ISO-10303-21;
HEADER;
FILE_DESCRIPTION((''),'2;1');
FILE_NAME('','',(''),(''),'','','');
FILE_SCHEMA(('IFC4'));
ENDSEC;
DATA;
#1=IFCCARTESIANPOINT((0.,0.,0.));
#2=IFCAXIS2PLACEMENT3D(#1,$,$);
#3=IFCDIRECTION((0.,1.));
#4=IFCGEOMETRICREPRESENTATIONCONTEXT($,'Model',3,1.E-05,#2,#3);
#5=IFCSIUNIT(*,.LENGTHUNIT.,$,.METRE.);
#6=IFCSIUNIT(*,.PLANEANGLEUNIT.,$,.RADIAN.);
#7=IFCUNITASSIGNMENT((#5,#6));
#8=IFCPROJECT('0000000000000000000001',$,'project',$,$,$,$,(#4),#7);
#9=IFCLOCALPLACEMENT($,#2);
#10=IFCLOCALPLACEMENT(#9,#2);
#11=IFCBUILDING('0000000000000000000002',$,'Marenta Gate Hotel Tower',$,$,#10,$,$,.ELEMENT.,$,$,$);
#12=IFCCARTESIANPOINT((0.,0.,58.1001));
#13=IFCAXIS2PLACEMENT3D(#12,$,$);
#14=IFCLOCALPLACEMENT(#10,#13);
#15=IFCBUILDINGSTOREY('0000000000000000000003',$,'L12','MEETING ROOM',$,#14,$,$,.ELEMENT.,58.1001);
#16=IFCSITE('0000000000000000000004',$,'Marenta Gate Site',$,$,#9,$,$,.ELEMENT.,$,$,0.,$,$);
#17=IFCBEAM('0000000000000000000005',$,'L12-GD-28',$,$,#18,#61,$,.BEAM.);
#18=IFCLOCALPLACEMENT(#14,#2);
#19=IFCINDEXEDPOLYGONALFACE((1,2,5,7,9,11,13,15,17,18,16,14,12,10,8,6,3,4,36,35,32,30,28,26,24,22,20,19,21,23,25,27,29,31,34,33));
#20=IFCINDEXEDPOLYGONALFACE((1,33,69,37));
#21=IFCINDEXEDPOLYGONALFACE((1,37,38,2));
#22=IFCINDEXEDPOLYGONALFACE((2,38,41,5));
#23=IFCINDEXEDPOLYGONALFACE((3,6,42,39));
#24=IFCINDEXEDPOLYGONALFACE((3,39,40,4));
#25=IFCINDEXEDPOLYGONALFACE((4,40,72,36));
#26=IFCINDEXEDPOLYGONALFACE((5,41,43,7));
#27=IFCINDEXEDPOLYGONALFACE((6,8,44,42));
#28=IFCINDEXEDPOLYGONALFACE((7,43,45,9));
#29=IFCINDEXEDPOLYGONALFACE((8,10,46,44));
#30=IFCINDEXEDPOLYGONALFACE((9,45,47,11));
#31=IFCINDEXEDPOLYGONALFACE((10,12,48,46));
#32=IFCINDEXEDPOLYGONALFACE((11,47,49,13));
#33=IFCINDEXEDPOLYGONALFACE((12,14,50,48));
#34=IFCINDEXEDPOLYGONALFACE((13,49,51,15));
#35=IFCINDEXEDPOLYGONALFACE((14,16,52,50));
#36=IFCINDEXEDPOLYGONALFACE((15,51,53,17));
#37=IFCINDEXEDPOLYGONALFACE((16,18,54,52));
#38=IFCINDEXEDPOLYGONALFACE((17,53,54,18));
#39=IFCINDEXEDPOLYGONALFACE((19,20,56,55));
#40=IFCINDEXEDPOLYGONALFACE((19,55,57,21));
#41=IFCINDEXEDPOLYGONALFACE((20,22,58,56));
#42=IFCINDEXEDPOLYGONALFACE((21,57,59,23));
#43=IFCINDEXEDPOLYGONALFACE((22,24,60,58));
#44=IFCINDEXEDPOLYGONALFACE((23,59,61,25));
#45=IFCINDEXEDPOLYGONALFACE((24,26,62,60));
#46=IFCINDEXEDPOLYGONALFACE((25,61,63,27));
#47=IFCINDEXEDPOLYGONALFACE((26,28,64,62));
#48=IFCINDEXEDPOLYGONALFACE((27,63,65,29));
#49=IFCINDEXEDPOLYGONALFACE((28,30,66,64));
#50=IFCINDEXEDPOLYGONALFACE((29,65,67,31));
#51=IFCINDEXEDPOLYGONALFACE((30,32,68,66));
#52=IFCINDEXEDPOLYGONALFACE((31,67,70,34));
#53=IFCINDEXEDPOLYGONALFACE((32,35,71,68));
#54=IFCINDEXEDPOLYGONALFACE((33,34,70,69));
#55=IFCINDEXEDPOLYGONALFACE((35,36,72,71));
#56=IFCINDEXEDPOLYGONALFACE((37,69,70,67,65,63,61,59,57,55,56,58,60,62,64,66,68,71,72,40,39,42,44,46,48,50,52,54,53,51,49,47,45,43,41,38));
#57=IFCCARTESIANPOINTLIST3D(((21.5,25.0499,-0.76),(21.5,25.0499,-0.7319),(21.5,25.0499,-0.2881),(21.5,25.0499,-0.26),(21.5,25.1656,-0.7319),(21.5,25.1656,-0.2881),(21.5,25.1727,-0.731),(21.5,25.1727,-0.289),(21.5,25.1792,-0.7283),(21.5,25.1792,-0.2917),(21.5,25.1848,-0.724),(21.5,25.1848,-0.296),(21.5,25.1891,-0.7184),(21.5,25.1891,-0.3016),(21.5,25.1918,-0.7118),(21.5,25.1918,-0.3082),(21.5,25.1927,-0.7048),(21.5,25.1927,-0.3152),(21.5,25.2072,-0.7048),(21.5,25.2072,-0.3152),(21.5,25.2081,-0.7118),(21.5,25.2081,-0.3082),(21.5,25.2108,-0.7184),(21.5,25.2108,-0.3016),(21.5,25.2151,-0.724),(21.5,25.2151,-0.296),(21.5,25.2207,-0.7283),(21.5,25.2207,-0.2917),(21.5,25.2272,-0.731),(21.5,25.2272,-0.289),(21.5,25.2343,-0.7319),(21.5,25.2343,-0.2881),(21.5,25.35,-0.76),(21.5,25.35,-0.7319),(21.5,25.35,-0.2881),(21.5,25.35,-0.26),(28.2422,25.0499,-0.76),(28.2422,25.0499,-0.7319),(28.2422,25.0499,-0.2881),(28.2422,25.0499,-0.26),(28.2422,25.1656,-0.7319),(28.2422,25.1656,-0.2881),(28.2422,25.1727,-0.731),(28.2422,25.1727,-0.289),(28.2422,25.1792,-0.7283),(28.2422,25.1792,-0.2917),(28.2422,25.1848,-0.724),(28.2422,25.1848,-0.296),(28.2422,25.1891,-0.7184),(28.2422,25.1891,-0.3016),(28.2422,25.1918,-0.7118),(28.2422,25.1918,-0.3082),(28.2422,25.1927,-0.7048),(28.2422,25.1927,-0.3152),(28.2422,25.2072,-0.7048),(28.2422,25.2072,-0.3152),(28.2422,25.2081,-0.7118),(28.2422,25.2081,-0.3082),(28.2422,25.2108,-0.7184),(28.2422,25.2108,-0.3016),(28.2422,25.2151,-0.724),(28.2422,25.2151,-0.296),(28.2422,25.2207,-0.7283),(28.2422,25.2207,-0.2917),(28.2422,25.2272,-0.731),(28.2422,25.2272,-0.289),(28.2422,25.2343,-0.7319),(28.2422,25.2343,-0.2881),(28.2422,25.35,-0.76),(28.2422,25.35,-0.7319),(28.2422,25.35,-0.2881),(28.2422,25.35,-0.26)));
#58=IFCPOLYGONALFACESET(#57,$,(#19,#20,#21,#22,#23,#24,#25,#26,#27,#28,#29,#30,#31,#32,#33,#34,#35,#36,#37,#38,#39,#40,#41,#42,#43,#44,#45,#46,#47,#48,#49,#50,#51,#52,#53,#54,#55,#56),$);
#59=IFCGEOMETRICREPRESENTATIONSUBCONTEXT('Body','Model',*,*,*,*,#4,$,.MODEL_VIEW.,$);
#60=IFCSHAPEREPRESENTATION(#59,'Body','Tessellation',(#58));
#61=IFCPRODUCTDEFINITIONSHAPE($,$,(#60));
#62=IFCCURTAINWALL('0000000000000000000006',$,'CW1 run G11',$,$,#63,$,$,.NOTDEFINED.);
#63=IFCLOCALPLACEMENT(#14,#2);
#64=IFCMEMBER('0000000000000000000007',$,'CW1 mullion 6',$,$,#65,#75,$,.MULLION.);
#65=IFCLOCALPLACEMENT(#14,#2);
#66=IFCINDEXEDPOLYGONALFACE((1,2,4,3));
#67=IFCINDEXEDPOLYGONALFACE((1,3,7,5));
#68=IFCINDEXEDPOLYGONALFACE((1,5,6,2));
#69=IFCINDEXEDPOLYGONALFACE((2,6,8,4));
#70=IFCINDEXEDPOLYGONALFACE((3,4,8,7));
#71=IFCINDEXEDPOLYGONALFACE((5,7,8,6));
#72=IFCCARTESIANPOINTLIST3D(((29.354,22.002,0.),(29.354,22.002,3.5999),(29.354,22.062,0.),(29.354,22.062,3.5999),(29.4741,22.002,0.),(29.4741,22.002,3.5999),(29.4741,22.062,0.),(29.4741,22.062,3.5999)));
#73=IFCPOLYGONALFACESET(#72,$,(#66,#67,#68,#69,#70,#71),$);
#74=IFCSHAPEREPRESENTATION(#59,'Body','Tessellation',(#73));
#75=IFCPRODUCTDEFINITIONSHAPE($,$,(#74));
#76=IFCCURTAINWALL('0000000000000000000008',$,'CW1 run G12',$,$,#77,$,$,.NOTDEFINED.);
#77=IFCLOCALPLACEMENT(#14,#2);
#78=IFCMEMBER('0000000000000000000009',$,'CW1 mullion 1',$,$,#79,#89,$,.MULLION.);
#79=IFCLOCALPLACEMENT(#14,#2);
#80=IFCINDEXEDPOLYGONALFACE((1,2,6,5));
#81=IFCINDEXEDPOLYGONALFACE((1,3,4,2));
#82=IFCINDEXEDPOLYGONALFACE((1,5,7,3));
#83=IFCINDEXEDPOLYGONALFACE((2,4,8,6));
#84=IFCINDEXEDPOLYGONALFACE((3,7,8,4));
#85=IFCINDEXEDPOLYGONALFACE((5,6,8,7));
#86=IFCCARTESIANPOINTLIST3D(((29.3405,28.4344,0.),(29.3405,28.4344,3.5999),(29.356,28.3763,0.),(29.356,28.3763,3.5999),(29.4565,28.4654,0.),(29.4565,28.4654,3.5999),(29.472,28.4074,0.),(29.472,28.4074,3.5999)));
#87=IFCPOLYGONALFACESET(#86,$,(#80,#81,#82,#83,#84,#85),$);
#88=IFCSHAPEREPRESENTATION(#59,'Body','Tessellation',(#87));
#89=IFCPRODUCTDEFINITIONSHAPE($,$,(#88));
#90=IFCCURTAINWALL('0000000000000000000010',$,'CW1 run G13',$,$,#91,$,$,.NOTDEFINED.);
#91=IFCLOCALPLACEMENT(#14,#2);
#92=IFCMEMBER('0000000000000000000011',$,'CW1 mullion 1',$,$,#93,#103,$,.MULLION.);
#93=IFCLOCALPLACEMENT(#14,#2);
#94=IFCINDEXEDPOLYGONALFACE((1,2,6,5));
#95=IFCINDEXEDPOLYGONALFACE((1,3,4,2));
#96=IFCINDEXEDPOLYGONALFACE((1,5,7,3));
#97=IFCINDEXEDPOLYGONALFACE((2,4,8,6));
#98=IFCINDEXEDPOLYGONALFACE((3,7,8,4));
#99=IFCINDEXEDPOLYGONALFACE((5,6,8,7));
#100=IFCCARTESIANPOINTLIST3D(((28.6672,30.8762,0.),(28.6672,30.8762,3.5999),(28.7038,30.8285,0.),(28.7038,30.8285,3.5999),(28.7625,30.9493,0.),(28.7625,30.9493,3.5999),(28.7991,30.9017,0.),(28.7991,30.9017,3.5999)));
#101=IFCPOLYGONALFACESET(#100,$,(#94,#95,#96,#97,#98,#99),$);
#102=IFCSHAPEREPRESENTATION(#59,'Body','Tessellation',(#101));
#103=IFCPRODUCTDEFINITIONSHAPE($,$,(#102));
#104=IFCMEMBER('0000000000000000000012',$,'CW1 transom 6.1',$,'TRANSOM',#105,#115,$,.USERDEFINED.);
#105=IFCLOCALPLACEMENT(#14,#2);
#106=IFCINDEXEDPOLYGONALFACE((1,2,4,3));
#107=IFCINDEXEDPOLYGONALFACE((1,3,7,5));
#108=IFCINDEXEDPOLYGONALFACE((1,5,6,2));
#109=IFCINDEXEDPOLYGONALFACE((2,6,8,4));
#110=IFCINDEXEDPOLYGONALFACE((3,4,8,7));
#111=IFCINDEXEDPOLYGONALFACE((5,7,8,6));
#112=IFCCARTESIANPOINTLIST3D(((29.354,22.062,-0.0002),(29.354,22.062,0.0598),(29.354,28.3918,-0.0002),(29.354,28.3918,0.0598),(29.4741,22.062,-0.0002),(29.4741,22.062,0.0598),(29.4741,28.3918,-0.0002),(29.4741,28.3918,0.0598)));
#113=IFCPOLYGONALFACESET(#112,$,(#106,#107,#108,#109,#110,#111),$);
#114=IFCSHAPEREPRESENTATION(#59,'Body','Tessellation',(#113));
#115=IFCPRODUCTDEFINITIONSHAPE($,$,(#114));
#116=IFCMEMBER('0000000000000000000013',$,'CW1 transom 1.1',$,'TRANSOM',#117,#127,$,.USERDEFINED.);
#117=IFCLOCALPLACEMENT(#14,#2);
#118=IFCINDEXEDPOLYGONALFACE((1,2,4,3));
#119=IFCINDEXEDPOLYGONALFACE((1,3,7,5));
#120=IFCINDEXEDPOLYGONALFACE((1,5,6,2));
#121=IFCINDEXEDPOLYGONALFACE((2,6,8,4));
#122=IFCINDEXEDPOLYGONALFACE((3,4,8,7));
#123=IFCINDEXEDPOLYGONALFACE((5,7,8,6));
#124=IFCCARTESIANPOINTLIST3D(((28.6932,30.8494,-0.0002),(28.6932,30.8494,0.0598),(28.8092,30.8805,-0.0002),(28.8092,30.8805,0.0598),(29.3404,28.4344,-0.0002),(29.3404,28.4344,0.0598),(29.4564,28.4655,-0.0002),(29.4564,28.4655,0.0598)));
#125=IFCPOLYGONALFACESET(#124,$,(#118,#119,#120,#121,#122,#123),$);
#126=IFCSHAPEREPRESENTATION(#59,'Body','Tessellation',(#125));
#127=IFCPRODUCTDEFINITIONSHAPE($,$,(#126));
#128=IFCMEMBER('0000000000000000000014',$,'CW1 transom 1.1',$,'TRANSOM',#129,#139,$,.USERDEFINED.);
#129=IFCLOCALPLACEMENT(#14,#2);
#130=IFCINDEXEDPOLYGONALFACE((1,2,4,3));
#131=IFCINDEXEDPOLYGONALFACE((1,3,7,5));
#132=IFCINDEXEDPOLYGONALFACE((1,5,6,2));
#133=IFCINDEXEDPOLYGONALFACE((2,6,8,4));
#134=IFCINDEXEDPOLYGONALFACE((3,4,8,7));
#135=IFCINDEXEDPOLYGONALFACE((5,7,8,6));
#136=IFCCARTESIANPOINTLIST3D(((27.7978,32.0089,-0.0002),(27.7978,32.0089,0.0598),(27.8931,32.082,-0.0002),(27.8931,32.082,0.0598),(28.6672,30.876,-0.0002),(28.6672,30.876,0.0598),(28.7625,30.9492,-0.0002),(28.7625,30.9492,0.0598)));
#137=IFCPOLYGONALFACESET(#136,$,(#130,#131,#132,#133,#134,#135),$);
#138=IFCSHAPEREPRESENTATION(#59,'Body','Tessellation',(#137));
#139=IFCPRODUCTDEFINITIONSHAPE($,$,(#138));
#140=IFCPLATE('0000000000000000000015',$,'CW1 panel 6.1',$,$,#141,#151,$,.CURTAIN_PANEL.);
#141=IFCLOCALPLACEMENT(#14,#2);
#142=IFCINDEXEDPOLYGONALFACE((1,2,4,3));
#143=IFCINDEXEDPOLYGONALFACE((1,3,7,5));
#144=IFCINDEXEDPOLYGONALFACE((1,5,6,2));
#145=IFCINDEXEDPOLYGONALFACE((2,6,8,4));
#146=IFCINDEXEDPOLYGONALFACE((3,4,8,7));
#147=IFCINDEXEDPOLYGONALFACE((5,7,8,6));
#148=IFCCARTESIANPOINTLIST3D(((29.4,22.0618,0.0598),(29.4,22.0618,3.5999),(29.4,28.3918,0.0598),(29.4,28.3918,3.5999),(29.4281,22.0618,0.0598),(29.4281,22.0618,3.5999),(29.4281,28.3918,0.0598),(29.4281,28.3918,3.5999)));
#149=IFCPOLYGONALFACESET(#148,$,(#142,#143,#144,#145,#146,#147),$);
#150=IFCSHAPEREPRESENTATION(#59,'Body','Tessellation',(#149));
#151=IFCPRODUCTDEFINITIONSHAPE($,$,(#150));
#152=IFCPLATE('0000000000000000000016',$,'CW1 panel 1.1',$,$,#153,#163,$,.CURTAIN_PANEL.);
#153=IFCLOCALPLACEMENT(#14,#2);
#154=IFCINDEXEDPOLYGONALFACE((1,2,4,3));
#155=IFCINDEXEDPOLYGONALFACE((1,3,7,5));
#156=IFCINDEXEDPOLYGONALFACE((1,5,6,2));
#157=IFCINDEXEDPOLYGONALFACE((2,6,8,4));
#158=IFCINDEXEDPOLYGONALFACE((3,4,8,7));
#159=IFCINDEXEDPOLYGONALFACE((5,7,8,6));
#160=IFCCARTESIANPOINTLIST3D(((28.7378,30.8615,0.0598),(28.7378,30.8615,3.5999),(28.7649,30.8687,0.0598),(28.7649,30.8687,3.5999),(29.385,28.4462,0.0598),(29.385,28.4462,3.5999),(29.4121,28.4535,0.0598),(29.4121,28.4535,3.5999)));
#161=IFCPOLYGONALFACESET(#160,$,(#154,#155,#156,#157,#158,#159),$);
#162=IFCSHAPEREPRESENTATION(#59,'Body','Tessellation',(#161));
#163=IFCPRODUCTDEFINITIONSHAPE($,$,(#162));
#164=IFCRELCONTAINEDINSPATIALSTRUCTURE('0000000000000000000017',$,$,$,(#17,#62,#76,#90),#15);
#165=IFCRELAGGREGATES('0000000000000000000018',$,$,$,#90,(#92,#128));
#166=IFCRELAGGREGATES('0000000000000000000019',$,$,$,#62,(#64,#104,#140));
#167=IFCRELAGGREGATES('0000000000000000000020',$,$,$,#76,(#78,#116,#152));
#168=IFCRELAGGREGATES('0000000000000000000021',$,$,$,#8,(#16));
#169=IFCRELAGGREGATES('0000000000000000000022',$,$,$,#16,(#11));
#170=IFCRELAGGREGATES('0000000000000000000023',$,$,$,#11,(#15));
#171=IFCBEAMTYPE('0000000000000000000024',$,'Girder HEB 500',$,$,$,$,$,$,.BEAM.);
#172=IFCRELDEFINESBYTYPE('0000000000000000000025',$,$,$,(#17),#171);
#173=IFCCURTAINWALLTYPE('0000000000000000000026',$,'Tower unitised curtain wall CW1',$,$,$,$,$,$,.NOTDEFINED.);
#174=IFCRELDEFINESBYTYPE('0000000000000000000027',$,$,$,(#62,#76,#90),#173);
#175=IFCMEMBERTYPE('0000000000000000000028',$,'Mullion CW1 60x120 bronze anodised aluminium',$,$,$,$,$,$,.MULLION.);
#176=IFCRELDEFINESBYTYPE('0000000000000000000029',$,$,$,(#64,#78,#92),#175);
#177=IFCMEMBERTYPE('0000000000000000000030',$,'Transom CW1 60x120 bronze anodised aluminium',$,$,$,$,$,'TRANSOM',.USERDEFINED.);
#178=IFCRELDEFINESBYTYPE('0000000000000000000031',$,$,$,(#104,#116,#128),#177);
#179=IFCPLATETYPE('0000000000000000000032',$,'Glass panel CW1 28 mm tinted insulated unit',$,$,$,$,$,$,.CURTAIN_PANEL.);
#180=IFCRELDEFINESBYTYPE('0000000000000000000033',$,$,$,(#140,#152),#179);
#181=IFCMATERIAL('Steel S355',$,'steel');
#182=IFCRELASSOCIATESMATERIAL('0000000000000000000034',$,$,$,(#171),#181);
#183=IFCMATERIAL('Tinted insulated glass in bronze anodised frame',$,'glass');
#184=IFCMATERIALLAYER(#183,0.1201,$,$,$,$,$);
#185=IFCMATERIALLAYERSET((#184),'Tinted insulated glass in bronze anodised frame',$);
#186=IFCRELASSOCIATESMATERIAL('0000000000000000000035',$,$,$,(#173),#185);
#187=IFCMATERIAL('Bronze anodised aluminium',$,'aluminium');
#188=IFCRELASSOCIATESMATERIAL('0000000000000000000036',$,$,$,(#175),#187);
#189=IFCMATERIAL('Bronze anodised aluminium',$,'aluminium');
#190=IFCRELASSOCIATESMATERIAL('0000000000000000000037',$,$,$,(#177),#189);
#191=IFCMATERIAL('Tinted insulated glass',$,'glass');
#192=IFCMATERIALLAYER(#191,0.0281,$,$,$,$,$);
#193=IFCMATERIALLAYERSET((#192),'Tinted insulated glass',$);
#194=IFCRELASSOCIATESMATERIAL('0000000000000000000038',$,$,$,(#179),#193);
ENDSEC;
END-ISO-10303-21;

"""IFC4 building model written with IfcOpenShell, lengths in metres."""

from ifc_helpers import new_model, si_unit, direction, frame, origin, origin_2d, place, context, subcontext, project, spatial, rectangle, i_section, extrude, material, layer, layer_set, material_profile, profile_set, type_object, element, aggregate, save


model = new_model("IFC4")

# Units and contexts
model_context = context("Model", 3, precision=1e-05, world=origin(), true_north=direction((0.0, 1.0)))
body_context = subcontext(model_context, "Body", "Model", "MODEL_VIEW")
ifc_project = project(units=[si_unit("LENGTHUNIT", "METRE"), si_unit("PLANEANGLEUNIT", "RADIAN")], contexts=[model_context])

# Site, building, storey
site_placement = place(None, origin())
site = spatial("IfcSite", under=ifc_project, at=site_placement, Name="Marenta Gate Site", CompositionType="ELEMENT", RefElevation=0.0)
building_placement = place(site_placement, origin())
building = spatial("IfcBuilding", under=site, at=building_placement, Name="Marenta Gate Hotel Tower", CompositionType="ELEMENT")
storey_placement = place(building_placement, frame((0.0, 0.0, 58.1001)))
storey = spatial("IfcBuildingStorey", under=building, at=storey_placement, Name="L12", Description="MEETING ROOM", CompositionType="ELEMENT", Elevation=58.1001)

# Beam
ifc_material_1 = material(Name="Steel S355", Category="steel")
ifc_material_profile_1 = material_profile(ifc_material_1, i_section(OverallWidth=0.3, OverallDepth=0.5, WebThickness=0.0144, FlangeThickness=0.0281, FilletRadius=0.0271, at=origin_2d()), Name="HEB 500")
ifc_profile_set_1 = profile_set([ifc_material_profile_1], Name="Steel S355")
beam_type_1 = type_object("IfcBeamType", Name="Girder HEB 500", PredefinedType="BEAM", material=ifc_profile_set_1)
beam_1_placement = place(storey_placement, frame((21.5, 25.2, -0.51), z_axis=(1.0, 0.0, 0.0), x_axis=(0.0, 1.0, 0.0)))
element("IfcBeam", 1, at=beam_1_placement, inside=storey, type_object=beam_type_1, Name="L12-GD-28", PredefinedType="BEAM", context=body_context, shape_type="SweptSolid", body=[
    extrude(i_section(OverallWidth=0.3, OverallDepth=0.5, WebThickness=0.0144, FlangeThickness=0.0281, FilletRadius=0.0271, at=origin_2d()), origin(), (0.0, 0.0, 1.0), 6.7422),
])

# Curtain walls, members
ifc_material_2 = material(Name="Tinted insulated glass in bronze anodised frame", Category="glass")
ifc_layer_1 = layer(ifc_material_2, 0.1201)
ifc_layer_set_1 = layer_set([ifc_layer_1], Name="Tinted insulated glass in bronze anodised frame")
curtain_wall_type = type_object("IfcCurtainWallType", Name="Tower unitised curtain wall CW1", PredefinedType="NOTDEFINED", material=ifc_layer_set_1)
curtain_wall_1_placement = place(storey_placement, origin())
curtain_wall_1 = element("IfcCurtainWall", 2, at=curtain_wall_1_placement, inside=storey, type_object=curtain_wall_type, Name="CW1 run G11", PredefinedType="NOTDEFINED")
ifc_material_3 = material(Name="Bronze anodised aluminium", Category="aluminium")
ifc_material_profile_2 = material_profile(ifc_material_3, rectangle(XDim=0.1201, YDim=0.0601, at=origin_2d()), Name="Mullion CW1 60x120 bronze anodised aluminium")
ifc_profile_set_2 = profile_set([ifc_material_profile_2], Name="Bronze anodised aluminium")
member_type_1 = type_object("IfcMemberType", Name="Mullion CW1 60x120 bronze anodised aluminium", PredefinedType="MULLION", material=ifc_profile_set_2)
member_1_placement = place(storey_placement, frame((29.4141, 22.032, 0.0), z_axis=(0.0, 0.0, 1.0), x_axis=(-1.0, 0.0, 0.0)))
member_1 = element("IfcMember", 3, at=member_1_placement, type_object=member_type_1, Name="CW1 mullion 6", PredefinedType="MULLION", context=body_context, shape_type="SweptSolid", body=[
    extrude(rectangle(XDim=0.1201, YDim=0.0601, at=origin_2d()), origin(), (0.0, 0.0, 1.0), 3.5999),
])
curtain_wall_2_placement = place(storey_placement, origin())
curtain_wall_2 = element("IfcCurtainWall", 4, at=curtain_wall_2_placement, inside=storey, type_object=curtain_wall_type, Name="CW1 run G12", PredefinedType="NOTDEFINED")
member_2_placement = place(storey_placement, frame((29.4062, 28.4209, 0.0), z_axis=(0.0, 0.0, 1.0), x_axis=(-0.965925, -0.258822, 0.0)))
member_2 = element("IfcMember", 5, at=member_2_placement, type_object=member_type_1, Name="CW1 mullion 1", PredefinedType="MULLION", context=body_context, shape_type="SweptSolid", body=[
    extrude(rectangle(XDim=0.1201, YDim=0.0601, at=origin_2d()), origin(), (0.0, 0.0, 1.0), 3.5999),
])
curtain_wall_3_placement = place(storey_placement, origin())
curtain_wall_3 = element("IfcCurtainWall", 6, at=curtain_wall_3_placement, inside=storey, type_object=curtain_wall_type, Name="CW1 run G13", PredefinedType="NOTDEFINED")
member_3_placement = place(storey_placement, frame((28.7332, 30.8889, 0.0), z_axis=(0.0, 0.0, 1.0), x_axis=(-0.793338, -0.608781, 0.0)))
member_3 = element("IfcMember", 7, at=member_3_placement, type_object=member_type_1, Name="CW1 mullion 1", PredefinedType="MULLION", context=body_context, shape_type="SweptSolid", body=[
    extrude(rectangle(XDim=0.1201, YDim=0.0601, at=origin_2d()), origin(), (0.0, 0.0, 1.0), 3.5999),
])

# Members
ifc_material_4 = material(Name="Bronze anodised aluminium", Category="aluminium")
ifc_material_profile_3 = material_profile(ifc_material_4, rectangle(XDim=0.1201, YDim=0.0601, at=origin_2d()), Name="Transom CW1 60x120 bronze anodised aluminium")
ifc_profile_set_3 = profile_set([ifc_material_profile_3], Name="Bronze anodised aluminium")
member_type_2 = type_object("IfcMemberType", Name="Transom CW1 60x120 bronze anodised aluminium", ElementType="TRANSOM", PredefinedType="USERDEFINED", material=ifc_profile_set_3)
member_4_placement = place(storey_placement, frame((29.4141, 22.062, 0.0298), z_axis=(0.0, 1.0, 0.0), x_axis=(-1.0, 0.0, 0.0)))
member_4 = element("IfcMember", 8, at=member_4_placement, type_object=member_type_2, Name="CW1 transom 6.1", ObjectType="TRANSOM", PredefinedType="USERDEFINED", context=body_context, shape_type="SweptSolid", body=[
    extrude(rectangle(XDim=0.1201, YDim=0.0601, at=origin_2d()), origin(), (0.0, 0.0, 1.0), 6.3298),
])
member_5_placement = place(storey_placement, frame((29.3984, 28.45, 0.0298), z_axis=(-0.25886, 0.965915, 0.0), x_axis=(-0.965915, -0.25886, 0.0)))
member_5 = element("IfcMember", 9, at=member_5_placement, type_object=member_type_2, Name="CW1 transom 1.1", ObjectType="TRANSOM", PredefinedType="USERDEFINED", context=body_context, shape_type="SweptSolid", body=[
    extrude(rectangle(XDim=0.1201, YDim=0.0601, at=origin_2d()), origin(), (0.0, 0.0, 1.0), 2.5002),
])
member_6_placement = place(storey_placement, frame((28.7148, 30.9126, 0.0298), z_axis=(-0.608826, 0.793304, 0.0), x_axis=(-0.793304, -0.608826, 0.0)))
member_6 = element("IfcMember", 10, at=member_6_placement, type_object=member_type_2, Name="CW1 transom 1.1", ObjectType="TRANSOM", PredefinedType="USERDEFINED", context=body_context, shape_type="SweptSolid", body=[
    extrude(rectangle(XDim=0.1201, YDim=0.0601, at=origin_2d()), origin(), (0.0, 0.0, 1.0), 1.428),
])
aggregate(curtain_wall_3, [member_3, member_6])

# Plates
ifc_material_5 = material(Name="Tinted insulated glass", Category="glass")
ifc_layer_2 = layer(ifc_material_5, 0.0281)
ifc_layer_set_2 = layer_set([ifc_layer_2], Name="Tinted insulated glass")
plate_type = type_object("IfcPlateType", Name="Glass panel CW1 28 mm tinted insulated unit", PredefinedType="CURTAIN_PANEL", material=ifc_layer_set_2)
plate_1_placement = place(storey_placement, frame((29.4141, 25.2268, 0.0598), z_axis=(0.0, 0.0, 1.0), x_axis=(0.0, 1.0, 0.0)))
plate_1 = element("IfcPlate", 11, at=plate_1_placement, type_object=plate_type, Name="CW1 panel 6.1", PredefinedType="CURTAIN_PANEL", context=body_context, shape_type="SweptSolid", body=[
    extrude(rectangle(XDim=6.3301, YDim=0.0281, at=origin_2d()), origin(), (0.0, 0.0, 1.0), 3.54),
])
aggregate(curtain_wall_1, [member_1, member_4, plate_1])
plate_2_placement = place(storey_placement, frame((29.075, 29.6575, 0.0598), z_axis=(0.0, 0.0, 1.0), x_axis=(-0.258822, 0.965925, 0.0)))
plate_2 = element("IfcPlate", 12, at=plate_2_placement, type_object=plate_type, Name="CW1 panel 1.1", PredefinedType="CURTAIN_PANEL", context=body_context, shape_type="SweptSolid", body=[
    extrude(rectangle(XDim=2.5005, YDim=0.0281, at=origin_2d()), origin(), (0.0, 0.0, 1.0), 3.54),
])
aggregate(curtain_wall_2, [member_2, member_5, plate_2])

save(model, "model.ifc")
